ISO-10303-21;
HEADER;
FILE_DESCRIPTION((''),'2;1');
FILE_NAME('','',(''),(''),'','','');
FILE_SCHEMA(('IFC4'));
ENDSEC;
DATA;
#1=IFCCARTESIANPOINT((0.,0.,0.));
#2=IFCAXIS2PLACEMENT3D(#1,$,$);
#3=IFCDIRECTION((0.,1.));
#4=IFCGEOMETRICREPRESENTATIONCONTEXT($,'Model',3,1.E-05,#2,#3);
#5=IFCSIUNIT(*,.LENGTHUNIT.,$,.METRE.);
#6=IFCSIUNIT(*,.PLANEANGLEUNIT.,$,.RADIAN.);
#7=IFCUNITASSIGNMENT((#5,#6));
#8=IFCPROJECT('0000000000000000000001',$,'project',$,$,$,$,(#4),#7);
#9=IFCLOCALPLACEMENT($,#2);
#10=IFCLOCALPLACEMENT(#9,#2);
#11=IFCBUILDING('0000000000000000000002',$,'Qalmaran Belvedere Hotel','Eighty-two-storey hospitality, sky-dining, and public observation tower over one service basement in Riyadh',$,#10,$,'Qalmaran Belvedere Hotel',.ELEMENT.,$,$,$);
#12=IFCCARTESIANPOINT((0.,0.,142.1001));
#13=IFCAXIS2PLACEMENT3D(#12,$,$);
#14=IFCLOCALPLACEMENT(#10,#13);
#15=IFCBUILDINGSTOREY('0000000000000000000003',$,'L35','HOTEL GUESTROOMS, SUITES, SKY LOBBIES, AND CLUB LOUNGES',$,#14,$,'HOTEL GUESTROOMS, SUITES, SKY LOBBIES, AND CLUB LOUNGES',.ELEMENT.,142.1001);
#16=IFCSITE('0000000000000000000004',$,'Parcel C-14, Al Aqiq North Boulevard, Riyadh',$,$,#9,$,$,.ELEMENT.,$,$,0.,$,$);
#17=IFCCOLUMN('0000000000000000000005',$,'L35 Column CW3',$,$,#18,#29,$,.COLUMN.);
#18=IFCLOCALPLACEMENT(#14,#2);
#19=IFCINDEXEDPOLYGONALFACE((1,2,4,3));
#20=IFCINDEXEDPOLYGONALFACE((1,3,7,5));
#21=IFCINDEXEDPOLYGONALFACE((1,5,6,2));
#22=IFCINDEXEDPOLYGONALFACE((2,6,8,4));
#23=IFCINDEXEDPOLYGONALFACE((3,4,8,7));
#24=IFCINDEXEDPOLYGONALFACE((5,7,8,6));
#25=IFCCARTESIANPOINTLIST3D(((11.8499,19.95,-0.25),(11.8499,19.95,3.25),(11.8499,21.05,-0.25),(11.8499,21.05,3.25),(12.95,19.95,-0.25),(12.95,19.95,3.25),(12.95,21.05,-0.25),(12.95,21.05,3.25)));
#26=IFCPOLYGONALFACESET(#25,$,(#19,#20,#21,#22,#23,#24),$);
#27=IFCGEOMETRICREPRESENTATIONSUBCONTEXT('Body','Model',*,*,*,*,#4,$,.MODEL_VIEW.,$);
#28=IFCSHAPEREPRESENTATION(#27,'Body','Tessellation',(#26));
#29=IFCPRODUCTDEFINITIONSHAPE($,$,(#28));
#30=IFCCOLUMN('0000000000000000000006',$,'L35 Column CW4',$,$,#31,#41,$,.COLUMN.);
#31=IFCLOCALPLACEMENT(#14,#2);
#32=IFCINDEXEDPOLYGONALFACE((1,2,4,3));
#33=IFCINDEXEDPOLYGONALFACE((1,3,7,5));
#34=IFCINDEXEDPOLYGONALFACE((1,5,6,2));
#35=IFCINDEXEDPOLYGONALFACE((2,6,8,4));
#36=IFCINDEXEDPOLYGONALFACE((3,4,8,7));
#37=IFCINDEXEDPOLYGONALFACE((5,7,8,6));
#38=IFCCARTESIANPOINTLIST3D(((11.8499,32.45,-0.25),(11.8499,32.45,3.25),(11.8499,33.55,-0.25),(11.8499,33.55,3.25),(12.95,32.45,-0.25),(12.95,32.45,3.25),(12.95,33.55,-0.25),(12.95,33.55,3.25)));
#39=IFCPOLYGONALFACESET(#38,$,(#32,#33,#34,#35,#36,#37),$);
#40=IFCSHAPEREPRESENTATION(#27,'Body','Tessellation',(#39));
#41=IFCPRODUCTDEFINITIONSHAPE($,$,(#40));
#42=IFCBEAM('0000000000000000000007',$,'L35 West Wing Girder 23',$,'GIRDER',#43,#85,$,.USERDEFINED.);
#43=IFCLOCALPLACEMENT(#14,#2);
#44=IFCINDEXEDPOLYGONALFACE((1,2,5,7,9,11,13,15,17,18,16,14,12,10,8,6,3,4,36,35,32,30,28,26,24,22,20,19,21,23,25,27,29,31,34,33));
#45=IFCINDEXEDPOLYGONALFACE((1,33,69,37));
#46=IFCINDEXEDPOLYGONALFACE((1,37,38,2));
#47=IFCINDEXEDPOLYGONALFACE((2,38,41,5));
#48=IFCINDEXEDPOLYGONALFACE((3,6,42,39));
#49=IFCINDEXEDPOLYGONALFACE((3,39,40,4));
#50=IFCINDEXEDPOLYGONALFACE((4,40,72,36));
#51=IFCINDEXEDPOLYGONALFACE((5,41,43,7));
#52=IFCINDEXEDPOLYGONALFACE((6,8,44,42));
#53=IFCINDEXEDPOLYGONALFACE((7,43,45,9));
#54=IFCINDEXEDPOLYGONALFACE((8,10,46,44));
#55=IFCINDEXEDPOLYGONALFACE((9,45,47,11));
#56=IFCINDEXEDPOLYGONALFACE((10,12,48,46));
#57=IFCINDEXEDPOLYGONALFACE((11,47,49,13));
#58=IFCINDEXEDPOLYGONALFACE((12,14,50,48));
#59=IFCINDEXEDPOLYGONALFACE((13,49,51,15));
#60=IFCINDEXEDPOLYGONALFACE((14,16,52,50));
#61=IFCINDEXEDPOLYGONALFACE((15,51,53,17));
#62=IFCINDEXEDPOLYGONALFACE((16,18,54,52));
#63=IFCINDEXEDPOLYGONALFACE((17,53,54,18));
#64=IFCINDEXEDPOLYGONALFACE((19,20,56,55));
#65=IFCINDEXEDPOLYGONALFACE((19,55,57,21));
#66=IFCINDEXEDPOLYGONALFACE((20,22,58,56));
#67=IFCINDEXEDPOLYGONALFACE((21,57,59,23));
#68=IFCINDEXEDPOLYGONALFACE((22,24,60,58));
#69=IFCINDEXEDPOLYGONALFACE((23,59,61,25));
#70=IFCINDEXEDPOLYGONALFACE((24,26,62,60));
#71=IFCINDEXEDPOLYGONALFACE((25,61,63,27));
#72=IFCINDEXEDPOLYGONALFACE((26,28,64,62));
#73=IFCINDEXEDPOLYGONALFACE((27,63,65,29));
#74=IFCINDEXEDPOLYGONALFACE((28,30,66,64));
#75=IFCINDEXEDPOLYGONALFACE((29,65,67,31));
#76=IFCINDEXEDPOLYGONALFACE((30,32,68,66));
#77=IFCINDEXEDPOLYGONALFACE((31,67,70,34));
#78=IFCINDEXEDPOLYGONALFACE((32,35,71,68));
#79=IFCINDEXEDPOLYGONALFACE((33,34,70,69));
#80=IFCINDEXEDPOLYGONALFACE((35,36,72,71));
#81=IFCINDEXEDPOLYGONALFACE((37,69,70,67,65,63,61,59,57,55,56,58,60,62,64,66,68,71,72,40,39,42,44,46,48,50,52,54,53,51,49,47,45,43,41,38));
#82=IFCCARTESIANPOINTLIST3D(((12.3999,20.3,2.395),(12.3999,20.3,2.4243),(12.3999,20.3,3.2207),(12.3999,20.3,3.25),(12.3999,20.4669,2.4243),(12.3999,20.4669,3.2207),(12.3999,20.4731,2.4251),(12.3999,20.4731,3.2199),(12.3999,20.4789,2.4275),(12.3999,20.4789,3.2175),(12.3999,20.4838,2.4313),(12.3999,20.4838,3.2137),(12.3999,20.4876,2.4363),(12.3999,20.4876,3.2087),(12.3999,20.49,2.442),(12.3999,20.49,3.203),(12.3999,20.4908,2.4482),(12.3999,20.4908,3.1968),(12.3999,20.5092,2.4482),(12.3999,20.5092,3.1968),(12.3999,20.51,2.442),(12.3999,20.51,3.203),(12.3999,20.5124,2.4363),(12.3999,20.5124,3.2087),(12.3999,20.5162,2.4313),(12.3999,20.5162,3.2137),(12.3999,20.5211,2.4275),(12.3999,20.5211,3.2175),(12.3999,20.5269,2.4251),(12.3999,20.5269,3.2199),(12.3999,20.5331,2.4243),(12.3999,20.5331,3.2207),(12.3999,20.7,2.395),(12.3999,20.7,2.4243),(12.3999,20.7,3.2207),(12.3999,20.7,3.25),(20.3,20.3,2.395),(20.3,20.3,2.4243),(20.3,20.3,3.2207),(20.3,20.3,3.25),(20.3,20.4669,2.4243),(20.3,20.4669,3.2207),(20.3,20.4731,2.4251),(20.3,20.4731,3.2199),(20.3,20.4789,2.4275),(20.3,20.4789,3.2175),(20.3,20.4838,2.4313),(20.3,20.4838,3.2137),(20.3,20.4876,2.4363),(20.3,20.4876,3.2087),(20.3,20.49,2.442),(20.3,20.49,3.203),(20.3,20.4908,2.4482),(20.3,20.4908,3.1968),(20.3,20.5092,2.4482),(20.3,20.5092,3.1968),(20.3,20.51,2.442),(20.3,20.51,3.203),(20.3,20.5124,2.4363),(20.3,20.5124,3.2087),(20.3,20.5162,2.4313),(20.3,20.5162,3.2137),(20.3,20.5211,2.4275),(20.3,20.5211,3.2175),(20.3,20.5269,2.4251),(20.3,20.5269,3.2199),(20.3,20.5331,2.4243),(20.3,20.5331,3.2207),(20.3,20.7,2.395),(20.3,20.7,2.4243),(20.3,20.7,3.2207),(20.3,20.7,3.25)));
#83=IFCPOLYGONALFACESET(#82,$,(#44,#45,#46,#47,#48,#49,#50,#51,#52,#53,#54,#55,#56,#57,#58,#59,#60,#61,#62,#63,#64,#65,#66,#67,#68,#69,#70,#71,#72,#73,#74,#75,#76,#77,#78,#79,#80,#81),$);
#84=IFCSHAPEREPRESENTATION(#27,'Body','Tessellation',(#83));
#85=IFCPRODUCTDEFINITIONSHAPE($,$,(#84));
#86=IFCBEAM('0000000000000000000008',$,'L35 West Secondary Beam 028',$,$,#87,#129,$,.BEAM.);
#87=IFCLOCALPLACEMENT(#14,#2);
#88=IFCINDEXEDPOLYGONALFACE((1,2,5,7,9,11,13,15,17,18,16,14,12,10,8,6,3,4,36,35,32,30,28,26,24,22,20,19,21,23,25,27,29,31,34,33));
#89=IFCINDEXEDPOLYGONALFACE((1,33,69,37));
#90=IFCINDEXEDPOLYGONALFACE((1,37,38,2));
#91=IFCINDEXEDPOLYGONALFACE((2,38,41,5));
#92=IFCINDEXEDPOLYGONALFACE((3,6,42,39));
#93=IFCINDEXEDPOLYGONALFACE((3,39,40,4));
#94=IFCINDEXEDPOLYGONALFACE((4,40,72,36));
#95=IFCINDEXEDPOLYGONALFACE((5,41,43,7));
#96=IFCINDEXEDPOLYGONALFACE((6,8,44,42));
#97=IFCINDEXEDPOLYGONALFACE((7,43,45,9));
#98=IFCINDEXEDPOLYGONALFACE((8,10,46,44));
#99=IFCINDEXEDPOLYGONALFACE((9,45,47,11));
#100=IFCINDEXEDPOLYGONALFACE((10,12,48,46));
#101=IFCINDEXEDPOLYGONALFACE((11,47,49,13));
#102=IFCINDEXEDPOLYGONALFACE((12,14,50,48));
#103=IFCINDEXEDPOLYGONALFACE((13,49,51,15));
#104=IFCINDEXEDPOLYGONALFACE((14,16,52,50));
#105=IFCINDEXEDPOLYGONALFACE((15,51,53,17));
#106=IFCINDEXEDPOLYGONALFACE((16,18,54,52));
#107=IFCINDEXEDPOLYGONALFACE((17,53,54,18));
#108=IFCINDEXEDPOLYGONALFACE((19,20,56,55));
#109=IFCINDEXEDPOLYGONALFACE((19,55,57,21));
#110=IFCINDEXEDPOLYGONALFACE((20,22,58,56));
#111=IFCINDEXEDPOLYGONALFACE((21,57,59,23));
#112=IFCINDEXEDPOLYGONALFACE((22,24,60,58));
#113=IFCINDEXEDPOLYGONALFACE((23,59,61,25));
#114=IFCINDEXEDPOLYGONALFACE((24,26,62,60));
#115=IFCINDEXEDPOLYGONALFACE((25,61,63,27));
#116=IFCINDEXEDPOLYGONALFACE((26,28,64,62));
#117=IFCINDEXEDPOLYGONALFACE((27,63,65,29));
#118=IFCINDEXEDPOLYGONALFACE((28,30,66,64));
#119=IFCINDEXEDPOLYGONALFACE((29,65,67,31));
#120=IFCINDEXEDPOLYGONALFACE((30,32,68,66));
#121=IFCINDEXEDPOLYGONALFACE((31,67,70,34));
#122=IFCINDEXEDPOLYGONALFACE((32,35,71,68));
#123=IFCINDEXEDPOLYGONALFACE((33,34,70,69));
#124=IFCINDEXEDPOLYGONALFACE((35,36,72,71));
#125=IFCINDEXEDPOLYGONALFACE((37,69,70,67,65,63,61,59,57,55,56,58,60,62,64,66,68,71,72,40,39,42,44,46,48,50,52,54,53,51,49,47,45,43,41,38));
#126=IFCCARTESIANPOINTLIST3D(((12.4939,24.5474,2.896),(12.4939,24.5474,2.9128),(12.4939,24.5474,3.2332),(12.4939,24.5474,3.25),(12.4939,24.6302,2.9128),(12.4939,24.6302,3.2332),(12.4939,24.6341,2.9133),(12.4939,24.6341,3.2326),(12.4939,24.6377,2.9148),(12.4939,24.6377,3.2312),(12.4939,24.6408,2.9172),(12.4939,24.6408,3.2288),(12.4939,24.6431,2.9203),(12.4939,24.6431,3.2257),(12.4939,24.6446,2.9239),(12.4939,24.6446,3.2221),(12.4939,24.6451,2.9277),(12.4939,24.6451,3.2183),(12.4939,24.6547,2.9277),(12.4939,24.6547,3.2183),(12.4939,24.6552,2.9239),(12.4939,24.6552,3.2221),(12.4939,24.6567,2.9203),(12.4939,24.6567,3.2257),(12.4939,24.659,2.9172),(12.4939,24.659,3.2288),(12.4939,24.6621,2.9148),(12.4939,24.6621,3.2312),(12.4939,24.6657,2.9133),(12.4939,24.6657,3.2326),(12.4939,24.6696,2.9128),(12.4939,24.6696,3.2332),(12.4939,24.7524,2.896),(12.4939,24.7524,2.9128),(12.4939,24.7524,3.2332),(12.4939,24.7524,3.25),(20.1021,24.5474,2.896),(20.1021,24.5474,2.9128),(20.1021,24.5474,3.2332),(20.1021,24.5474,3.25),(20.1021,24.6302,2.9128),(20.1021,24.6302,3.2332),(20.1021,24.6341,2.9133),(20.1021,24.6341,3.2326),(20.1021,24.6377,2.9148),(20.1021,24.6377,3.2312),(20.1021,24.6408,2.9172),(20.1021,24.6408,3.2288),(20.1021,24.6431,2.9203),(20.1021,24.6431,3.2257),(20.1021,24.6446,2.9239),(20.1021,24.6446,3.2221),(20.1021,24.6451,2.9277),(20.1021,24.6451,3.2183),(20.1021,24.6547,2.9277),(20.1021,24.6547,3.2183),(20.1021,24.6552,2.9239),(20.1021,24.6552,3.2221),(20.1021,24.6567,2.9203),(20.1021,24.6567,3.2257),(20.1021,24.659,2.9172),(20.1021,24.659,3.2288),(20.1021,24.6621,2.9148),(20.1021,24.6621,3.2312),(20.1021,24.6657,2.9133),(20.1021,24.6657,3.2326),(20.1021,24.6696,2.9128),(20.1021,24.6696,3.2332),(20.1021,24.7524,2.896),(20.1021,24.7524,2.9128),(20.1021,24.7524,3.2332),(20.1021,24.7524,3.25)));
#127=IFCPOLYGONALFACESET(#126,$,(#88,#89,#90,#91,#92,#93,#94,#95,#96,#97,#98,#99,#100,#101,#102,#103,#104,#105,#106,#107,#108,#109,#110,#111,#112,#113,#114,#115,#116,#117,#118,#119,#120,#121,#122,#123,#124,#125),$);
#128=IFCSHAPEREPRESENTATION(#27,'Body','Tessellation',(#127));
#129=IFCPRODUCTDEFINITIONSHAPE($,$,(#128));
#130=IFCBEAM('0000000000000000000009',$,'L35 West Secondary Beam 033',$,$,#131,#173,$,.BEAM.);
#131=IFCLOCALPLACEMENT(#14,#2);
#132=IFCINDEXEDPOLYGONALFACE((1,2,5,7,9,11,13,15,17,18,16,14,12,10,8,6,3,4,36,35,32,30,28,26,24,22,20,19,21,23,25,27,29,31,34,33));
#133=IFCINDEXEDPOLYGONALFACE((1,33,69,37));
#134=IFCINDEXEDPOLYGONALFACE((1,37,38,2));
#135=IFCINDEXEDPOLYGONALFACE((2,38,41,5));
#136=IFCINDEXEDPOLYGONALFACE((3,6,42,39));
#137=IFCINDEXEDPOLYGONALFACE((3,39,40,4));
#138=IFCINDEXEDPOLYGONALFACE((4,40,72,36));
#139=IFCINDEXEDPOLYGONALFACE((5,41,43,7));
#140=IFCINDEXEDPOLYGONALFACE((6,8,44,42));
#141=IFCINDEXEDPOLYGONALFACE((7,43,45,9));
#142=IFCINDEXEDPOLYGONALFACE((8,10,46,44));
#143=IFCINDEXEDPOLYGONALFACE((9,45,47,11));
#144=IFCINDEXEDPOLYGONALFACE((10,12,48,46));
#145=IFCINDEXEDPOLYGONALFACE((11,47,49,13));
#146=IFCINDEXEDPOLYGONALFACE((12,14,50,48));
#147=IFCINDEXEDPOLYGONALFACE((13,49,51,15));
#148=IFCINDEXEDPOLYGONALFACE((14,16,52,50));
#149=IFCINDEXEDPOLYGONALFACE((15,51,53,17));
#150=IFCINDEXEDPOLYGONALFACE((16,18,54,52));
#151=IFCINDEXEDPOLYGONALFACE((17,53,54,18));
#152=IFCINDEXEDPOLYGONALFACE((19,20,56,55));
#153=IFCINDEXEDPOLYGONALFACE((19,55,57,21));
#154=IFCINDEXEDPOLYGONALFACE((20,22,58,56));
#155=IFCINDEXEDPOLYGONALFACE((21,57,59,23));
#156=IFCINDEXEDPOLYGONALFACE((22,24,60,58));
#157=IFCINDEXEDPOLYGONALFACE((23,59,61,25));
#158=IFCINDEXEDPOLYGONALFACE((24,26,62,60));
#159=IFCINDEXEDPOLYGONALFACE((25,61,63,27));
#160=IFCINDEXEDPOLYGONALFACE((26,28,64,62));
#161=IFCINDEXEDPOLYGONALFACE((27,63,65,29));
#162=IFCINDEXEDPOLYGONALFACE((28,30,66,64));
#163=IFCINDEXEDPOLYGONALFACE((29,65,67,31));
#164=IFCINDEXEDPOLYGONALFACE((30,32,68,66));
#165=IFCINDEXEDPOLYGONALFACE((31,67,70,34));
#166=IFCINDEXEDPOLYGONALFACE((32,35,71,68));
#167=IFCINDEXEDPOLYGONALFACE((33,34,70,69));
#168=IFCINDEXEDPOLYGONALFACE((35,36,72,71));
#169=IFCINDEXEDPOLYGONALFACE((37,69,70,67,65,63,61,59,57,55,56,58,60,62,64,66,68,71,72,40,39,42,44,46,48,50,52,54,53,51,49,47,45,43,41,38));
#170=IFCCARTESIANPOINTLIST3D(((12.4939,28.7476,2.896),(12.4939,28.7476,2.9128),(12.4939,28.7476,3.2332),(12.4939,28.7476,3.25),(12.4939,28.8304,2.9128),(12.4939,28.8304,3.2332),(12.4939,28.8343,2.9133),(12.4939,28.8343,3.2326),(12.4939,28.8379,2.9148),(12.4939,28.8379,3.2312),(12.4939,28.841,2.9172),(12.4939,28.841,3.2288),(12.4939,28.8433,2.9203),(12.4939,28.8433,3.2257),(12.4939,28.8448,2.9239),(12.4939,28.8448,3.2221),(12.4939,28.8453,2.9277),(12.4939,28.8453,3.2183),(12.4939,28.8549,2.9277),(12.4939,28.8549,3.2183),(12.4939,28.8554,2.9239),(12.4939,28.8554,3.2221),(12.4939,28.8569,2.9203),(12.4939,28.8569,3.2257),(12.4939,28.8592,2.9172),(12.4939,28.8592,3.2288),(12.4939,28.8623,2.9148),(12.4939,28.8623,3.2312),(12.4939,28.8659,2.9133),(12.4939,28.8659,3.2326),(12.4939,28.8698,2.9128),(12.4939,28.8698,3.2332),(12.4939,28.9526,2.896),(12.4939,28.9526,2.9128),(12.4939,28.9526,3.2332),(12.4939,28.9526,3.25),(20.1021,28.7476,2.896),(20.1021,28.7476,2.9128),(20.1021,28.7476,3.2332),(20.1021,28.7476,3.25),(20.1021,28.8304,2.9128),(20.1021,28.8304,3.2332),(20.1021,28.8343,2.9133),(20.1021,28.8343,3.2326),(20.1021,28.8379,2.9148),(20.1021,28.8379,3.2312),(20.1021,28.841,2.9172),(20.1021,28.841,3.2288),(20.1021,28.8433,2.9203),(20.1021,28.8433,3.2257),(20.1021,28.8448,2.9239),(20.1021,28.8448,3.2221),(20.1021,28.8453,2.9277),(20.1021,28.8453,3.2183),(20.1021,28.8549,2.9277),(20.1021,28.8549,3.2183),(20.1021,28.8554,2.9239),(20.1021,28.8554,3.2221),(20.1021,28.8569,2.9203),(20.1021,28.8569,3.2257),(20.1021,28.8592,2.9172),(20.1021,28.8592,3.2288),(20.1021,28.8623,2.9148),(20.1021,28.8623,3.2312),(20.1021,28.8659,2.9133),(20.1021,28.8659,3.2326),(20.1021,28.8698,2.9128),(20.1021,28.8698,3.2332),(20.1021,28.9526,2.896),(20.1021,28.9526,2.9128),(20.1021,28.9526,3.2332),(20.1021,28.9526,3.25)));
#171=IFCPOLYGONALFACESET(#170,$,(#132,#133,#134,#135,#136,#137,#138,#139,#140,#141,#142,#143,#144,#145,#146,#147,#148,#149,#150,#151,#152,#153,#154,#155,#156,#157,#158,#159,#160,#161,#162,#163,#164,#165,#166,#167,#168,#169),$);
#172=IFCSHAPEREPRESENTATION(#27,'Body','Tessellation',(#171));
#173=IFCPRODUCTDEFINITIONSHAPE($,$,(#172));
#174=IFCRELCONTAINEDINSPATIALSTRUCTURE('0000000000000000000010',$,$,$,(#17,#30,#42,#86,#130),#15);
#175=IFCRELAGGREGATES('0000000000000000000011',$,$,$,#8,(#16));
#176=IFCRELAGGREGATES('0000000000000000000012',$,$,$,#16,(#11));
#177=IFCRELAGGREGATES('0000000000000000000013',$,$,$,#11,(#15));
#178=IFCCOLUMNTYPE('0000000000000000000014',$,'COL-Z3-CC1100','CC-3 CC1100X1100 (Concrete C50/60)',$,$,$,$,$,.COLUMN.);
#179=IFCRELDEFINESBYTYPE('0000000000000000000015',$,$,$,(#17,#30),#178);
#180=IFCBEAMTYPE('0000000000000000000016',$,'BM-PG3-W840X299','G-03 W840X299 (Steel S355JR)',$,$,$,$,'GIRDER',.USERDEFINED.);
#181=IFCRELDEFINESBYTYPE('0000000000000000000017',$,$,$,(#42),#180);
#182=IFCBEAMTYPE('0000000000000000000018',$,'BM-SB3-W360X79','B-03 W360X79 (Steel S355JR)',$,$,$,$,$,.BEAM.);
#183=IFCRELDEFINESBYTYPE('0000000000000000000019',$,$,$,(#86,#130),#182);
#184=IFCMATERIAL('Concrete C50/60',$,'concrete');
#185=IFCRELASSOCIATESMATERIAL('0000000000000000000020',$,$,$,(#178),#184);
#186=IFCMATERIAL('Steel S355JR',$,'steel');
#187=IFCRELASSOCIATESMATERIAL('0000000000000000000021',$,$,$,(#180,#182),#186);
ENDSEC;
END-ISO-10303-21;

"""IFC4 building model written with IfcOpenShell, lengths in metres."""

from ifc_helpers import new_model, si_unit, direction, frame, origin, origin_2d, place, context, subcontext, project, spatial, rectangle, i_section, extrude, material, material_profile, profile_set, type_object, element, save


model = new_model("IFC4")

# Units and contexts
model_context = context("Model", 3, precision=1e-05, world=origin(), true_north=direction((0.0, 1.0)))
body_context = subcontext(model_context, "Body", "Model", "MODEL_VIEW")
ifc_project = project(units=[si_unit("LENGTHUNIT", "METRE"), si_unit("PLANEANGLEUNIT", "RADIAN")], contexts=[model_context])

# Site, building, storey
site_placement = place(None, origin())
site = spatial("IfcSite", under=ifc_project, at=site_placement, Name="Parcel C-14, Al Aqiq North Boulevard, Riyadh", CompositionType="ELEMENT", RefElevation=0.0)
building_placement = place(site_placement, origin())
building = spatial("IfcBuilding", under=site, at=building_placement, Name="Qalmaran Belvedere Hotel", Description="Eighty-two-storey hospitality, sky-dining, and public observation tower over one service basement in Riyadh", LongName="Qalmaran Belvedere Hotel", CompositionType="ELEMENT")
storey_placement = place(building_placement, frame((0.0, 0.0, 142.1001)))
storey = spatial("IfcBuildingStorey", under=building, at=storey_placement, Name="L35", Description="HOTEL GUESTROOMS, SUITES, SKY LOBBIES, AND CLUB LOUNGES", LongName="HOTEL GUESTROOMS, SUITES, SKY LOBBIES, AND CLUB LOUNGES", CompositionType="ELEMENT", Elevation=142.1001)

# Columns
ifc_material_1 = material(Name="Concrete C50/60", Category="concrete")
ifc_material_profile_1 = material_profile(ifc_material_1, rectangle(XDim=1.1001, YDim=1.1001, at=origin_2d()), Name="CC1100X1100")
ifc_profile_set_1 = profile_set([ifc_material_profile_1], Name="Concrete C50/60")
column_type = type_object("IfcColumnType", Name="COL-Z3-CC1100", Description="CC-3 CC1100X1100 (Concrete C50/60)", PredefinedType="COLUMN", material=ifc_profile_set_1)
for number, where, z_axis, x_axis, name in (
    (1, (12.3999, 20.5, -0.25), (0.0, 0.0, 1.0), (1.0, 0.0, 0.0), "L35 Column CW3"),
    (2, (12.3999, 33.0, -0.25), (0.0, 0.0, 1.0), (1.0, 0.0, 0.0), "L35 Column CW4"),
):
    element("IfcColumn", number, at=place(storey_placement, frame(where, z_axis=z_axis, x_axis=x_axis)), inside=storey, type_object=column_type, Name=name, PredefinedType="COLUMN", context=body_context, shape_type="SweptSolid", body=[
        extrude(rectangle(XDim=1.1001, YDim=1.1001, at=origin_2d()), origin(), (0.0, 0.0, 1.0), 3.5),
    ])

# Beams
ifc_material_2 = material(Name="Steel S355JR", Category="steel")
ifc_material_profile_2 = material_profile(ifc_material_2, i_section(OverallWidth=0.3999, OverallDepth=0.855, WebThickness=0.0183, FlangeThickness=0.0293, FilletRadius=0.0239, at=origin_2d()), Name="W840X299")
ifc_profile_set_2 = profile_set([ifc_material_profile_2], Name="Steel S355JR")
beam_type_1 = type_object("IfcBeamType", Name="BM-PG3-W840X299", Description="G-03 W840X299 (Steel S355JR)", ElementType="GIRDER", PredefinedType="USERDEFINED", material=ifc_profile_set_2)
beam_1_placement = place(storey_placement, frame((12.3999, 20.5, 2.8225), z_axis=(1.0, 0.0, 0.0), x_axis=(0.0, 1.0, 0.0)))
element("IfcBeam", 3, at=beam_1_placement, inside=storey, type_object=beam_type_1, Name="L35 West Wing Girder 23", ObjectType="GIRDER", PredefinedType="USERDEFINED", context=body_context, shape_type="SweptSolid", body=[
    extrude(i_section(OverallWidth=0.3999, OverallDepth=0.855, WebThickness=0.0183, FlangeThickness=0.0293, FilletRadius=0.0239, at=origin_2d()), origin(), (0.0, 0.0, 1.0), 7.9001),
])
ifc_material_profile_3 = material_profile(ifc_material_2, i_section(OverallWidth=0.2051, OverallDepth=0.354, WebThickness=0.0095, FlangeThickness=0.0168, FilletRadius=0.0149, at=origin_2d()), Name="W360X79")
ifc_profile_set_3 = profile_set([ifc_material_profile_3], Name="Steel S355JR")
beam_type_2 = type_object("IfcBeamType", Name="BM-SB3-W360X79", Description="B-03 W360X79 (Steel S355JR)", PredefinedType="BEAM", material=ifc_profile_set_3)
for number, where, z_axis, x_axis, name in (
    (4, (12.4939, 24.6499, 3.073), (1.0, 0.0, 0.0), (0.0, 1.0, 0.0), "L35 West Secondary Beam 028"),
    (5, (12.4939, 28.8501, 3.073), (1.0, 0.0, 0.0), (0.0, 1.0, 0.0), "L35 West Secondary Beam 033"),
):
    element("IfcBeam", number, at=place(storey_placement, frame(where, z_axis=z_axis, x_axis=x_axis)), inside=storey, type_object=beam_type_2, Name=name, PredefinedType="BEAM", context=body_context, shape_type="SweptSolid", body=[
        extrude(i_section(OverallWidth=0.2051, OverallDepth=0.354, WebThickness=0.0095, FlangeThickness=0.0168, FilletRadius=0.0149, at=origin_2d()), origin(), (0.0, 0.0, 1.0), 7.6082),
    ])

save(model, "model.ifc")
